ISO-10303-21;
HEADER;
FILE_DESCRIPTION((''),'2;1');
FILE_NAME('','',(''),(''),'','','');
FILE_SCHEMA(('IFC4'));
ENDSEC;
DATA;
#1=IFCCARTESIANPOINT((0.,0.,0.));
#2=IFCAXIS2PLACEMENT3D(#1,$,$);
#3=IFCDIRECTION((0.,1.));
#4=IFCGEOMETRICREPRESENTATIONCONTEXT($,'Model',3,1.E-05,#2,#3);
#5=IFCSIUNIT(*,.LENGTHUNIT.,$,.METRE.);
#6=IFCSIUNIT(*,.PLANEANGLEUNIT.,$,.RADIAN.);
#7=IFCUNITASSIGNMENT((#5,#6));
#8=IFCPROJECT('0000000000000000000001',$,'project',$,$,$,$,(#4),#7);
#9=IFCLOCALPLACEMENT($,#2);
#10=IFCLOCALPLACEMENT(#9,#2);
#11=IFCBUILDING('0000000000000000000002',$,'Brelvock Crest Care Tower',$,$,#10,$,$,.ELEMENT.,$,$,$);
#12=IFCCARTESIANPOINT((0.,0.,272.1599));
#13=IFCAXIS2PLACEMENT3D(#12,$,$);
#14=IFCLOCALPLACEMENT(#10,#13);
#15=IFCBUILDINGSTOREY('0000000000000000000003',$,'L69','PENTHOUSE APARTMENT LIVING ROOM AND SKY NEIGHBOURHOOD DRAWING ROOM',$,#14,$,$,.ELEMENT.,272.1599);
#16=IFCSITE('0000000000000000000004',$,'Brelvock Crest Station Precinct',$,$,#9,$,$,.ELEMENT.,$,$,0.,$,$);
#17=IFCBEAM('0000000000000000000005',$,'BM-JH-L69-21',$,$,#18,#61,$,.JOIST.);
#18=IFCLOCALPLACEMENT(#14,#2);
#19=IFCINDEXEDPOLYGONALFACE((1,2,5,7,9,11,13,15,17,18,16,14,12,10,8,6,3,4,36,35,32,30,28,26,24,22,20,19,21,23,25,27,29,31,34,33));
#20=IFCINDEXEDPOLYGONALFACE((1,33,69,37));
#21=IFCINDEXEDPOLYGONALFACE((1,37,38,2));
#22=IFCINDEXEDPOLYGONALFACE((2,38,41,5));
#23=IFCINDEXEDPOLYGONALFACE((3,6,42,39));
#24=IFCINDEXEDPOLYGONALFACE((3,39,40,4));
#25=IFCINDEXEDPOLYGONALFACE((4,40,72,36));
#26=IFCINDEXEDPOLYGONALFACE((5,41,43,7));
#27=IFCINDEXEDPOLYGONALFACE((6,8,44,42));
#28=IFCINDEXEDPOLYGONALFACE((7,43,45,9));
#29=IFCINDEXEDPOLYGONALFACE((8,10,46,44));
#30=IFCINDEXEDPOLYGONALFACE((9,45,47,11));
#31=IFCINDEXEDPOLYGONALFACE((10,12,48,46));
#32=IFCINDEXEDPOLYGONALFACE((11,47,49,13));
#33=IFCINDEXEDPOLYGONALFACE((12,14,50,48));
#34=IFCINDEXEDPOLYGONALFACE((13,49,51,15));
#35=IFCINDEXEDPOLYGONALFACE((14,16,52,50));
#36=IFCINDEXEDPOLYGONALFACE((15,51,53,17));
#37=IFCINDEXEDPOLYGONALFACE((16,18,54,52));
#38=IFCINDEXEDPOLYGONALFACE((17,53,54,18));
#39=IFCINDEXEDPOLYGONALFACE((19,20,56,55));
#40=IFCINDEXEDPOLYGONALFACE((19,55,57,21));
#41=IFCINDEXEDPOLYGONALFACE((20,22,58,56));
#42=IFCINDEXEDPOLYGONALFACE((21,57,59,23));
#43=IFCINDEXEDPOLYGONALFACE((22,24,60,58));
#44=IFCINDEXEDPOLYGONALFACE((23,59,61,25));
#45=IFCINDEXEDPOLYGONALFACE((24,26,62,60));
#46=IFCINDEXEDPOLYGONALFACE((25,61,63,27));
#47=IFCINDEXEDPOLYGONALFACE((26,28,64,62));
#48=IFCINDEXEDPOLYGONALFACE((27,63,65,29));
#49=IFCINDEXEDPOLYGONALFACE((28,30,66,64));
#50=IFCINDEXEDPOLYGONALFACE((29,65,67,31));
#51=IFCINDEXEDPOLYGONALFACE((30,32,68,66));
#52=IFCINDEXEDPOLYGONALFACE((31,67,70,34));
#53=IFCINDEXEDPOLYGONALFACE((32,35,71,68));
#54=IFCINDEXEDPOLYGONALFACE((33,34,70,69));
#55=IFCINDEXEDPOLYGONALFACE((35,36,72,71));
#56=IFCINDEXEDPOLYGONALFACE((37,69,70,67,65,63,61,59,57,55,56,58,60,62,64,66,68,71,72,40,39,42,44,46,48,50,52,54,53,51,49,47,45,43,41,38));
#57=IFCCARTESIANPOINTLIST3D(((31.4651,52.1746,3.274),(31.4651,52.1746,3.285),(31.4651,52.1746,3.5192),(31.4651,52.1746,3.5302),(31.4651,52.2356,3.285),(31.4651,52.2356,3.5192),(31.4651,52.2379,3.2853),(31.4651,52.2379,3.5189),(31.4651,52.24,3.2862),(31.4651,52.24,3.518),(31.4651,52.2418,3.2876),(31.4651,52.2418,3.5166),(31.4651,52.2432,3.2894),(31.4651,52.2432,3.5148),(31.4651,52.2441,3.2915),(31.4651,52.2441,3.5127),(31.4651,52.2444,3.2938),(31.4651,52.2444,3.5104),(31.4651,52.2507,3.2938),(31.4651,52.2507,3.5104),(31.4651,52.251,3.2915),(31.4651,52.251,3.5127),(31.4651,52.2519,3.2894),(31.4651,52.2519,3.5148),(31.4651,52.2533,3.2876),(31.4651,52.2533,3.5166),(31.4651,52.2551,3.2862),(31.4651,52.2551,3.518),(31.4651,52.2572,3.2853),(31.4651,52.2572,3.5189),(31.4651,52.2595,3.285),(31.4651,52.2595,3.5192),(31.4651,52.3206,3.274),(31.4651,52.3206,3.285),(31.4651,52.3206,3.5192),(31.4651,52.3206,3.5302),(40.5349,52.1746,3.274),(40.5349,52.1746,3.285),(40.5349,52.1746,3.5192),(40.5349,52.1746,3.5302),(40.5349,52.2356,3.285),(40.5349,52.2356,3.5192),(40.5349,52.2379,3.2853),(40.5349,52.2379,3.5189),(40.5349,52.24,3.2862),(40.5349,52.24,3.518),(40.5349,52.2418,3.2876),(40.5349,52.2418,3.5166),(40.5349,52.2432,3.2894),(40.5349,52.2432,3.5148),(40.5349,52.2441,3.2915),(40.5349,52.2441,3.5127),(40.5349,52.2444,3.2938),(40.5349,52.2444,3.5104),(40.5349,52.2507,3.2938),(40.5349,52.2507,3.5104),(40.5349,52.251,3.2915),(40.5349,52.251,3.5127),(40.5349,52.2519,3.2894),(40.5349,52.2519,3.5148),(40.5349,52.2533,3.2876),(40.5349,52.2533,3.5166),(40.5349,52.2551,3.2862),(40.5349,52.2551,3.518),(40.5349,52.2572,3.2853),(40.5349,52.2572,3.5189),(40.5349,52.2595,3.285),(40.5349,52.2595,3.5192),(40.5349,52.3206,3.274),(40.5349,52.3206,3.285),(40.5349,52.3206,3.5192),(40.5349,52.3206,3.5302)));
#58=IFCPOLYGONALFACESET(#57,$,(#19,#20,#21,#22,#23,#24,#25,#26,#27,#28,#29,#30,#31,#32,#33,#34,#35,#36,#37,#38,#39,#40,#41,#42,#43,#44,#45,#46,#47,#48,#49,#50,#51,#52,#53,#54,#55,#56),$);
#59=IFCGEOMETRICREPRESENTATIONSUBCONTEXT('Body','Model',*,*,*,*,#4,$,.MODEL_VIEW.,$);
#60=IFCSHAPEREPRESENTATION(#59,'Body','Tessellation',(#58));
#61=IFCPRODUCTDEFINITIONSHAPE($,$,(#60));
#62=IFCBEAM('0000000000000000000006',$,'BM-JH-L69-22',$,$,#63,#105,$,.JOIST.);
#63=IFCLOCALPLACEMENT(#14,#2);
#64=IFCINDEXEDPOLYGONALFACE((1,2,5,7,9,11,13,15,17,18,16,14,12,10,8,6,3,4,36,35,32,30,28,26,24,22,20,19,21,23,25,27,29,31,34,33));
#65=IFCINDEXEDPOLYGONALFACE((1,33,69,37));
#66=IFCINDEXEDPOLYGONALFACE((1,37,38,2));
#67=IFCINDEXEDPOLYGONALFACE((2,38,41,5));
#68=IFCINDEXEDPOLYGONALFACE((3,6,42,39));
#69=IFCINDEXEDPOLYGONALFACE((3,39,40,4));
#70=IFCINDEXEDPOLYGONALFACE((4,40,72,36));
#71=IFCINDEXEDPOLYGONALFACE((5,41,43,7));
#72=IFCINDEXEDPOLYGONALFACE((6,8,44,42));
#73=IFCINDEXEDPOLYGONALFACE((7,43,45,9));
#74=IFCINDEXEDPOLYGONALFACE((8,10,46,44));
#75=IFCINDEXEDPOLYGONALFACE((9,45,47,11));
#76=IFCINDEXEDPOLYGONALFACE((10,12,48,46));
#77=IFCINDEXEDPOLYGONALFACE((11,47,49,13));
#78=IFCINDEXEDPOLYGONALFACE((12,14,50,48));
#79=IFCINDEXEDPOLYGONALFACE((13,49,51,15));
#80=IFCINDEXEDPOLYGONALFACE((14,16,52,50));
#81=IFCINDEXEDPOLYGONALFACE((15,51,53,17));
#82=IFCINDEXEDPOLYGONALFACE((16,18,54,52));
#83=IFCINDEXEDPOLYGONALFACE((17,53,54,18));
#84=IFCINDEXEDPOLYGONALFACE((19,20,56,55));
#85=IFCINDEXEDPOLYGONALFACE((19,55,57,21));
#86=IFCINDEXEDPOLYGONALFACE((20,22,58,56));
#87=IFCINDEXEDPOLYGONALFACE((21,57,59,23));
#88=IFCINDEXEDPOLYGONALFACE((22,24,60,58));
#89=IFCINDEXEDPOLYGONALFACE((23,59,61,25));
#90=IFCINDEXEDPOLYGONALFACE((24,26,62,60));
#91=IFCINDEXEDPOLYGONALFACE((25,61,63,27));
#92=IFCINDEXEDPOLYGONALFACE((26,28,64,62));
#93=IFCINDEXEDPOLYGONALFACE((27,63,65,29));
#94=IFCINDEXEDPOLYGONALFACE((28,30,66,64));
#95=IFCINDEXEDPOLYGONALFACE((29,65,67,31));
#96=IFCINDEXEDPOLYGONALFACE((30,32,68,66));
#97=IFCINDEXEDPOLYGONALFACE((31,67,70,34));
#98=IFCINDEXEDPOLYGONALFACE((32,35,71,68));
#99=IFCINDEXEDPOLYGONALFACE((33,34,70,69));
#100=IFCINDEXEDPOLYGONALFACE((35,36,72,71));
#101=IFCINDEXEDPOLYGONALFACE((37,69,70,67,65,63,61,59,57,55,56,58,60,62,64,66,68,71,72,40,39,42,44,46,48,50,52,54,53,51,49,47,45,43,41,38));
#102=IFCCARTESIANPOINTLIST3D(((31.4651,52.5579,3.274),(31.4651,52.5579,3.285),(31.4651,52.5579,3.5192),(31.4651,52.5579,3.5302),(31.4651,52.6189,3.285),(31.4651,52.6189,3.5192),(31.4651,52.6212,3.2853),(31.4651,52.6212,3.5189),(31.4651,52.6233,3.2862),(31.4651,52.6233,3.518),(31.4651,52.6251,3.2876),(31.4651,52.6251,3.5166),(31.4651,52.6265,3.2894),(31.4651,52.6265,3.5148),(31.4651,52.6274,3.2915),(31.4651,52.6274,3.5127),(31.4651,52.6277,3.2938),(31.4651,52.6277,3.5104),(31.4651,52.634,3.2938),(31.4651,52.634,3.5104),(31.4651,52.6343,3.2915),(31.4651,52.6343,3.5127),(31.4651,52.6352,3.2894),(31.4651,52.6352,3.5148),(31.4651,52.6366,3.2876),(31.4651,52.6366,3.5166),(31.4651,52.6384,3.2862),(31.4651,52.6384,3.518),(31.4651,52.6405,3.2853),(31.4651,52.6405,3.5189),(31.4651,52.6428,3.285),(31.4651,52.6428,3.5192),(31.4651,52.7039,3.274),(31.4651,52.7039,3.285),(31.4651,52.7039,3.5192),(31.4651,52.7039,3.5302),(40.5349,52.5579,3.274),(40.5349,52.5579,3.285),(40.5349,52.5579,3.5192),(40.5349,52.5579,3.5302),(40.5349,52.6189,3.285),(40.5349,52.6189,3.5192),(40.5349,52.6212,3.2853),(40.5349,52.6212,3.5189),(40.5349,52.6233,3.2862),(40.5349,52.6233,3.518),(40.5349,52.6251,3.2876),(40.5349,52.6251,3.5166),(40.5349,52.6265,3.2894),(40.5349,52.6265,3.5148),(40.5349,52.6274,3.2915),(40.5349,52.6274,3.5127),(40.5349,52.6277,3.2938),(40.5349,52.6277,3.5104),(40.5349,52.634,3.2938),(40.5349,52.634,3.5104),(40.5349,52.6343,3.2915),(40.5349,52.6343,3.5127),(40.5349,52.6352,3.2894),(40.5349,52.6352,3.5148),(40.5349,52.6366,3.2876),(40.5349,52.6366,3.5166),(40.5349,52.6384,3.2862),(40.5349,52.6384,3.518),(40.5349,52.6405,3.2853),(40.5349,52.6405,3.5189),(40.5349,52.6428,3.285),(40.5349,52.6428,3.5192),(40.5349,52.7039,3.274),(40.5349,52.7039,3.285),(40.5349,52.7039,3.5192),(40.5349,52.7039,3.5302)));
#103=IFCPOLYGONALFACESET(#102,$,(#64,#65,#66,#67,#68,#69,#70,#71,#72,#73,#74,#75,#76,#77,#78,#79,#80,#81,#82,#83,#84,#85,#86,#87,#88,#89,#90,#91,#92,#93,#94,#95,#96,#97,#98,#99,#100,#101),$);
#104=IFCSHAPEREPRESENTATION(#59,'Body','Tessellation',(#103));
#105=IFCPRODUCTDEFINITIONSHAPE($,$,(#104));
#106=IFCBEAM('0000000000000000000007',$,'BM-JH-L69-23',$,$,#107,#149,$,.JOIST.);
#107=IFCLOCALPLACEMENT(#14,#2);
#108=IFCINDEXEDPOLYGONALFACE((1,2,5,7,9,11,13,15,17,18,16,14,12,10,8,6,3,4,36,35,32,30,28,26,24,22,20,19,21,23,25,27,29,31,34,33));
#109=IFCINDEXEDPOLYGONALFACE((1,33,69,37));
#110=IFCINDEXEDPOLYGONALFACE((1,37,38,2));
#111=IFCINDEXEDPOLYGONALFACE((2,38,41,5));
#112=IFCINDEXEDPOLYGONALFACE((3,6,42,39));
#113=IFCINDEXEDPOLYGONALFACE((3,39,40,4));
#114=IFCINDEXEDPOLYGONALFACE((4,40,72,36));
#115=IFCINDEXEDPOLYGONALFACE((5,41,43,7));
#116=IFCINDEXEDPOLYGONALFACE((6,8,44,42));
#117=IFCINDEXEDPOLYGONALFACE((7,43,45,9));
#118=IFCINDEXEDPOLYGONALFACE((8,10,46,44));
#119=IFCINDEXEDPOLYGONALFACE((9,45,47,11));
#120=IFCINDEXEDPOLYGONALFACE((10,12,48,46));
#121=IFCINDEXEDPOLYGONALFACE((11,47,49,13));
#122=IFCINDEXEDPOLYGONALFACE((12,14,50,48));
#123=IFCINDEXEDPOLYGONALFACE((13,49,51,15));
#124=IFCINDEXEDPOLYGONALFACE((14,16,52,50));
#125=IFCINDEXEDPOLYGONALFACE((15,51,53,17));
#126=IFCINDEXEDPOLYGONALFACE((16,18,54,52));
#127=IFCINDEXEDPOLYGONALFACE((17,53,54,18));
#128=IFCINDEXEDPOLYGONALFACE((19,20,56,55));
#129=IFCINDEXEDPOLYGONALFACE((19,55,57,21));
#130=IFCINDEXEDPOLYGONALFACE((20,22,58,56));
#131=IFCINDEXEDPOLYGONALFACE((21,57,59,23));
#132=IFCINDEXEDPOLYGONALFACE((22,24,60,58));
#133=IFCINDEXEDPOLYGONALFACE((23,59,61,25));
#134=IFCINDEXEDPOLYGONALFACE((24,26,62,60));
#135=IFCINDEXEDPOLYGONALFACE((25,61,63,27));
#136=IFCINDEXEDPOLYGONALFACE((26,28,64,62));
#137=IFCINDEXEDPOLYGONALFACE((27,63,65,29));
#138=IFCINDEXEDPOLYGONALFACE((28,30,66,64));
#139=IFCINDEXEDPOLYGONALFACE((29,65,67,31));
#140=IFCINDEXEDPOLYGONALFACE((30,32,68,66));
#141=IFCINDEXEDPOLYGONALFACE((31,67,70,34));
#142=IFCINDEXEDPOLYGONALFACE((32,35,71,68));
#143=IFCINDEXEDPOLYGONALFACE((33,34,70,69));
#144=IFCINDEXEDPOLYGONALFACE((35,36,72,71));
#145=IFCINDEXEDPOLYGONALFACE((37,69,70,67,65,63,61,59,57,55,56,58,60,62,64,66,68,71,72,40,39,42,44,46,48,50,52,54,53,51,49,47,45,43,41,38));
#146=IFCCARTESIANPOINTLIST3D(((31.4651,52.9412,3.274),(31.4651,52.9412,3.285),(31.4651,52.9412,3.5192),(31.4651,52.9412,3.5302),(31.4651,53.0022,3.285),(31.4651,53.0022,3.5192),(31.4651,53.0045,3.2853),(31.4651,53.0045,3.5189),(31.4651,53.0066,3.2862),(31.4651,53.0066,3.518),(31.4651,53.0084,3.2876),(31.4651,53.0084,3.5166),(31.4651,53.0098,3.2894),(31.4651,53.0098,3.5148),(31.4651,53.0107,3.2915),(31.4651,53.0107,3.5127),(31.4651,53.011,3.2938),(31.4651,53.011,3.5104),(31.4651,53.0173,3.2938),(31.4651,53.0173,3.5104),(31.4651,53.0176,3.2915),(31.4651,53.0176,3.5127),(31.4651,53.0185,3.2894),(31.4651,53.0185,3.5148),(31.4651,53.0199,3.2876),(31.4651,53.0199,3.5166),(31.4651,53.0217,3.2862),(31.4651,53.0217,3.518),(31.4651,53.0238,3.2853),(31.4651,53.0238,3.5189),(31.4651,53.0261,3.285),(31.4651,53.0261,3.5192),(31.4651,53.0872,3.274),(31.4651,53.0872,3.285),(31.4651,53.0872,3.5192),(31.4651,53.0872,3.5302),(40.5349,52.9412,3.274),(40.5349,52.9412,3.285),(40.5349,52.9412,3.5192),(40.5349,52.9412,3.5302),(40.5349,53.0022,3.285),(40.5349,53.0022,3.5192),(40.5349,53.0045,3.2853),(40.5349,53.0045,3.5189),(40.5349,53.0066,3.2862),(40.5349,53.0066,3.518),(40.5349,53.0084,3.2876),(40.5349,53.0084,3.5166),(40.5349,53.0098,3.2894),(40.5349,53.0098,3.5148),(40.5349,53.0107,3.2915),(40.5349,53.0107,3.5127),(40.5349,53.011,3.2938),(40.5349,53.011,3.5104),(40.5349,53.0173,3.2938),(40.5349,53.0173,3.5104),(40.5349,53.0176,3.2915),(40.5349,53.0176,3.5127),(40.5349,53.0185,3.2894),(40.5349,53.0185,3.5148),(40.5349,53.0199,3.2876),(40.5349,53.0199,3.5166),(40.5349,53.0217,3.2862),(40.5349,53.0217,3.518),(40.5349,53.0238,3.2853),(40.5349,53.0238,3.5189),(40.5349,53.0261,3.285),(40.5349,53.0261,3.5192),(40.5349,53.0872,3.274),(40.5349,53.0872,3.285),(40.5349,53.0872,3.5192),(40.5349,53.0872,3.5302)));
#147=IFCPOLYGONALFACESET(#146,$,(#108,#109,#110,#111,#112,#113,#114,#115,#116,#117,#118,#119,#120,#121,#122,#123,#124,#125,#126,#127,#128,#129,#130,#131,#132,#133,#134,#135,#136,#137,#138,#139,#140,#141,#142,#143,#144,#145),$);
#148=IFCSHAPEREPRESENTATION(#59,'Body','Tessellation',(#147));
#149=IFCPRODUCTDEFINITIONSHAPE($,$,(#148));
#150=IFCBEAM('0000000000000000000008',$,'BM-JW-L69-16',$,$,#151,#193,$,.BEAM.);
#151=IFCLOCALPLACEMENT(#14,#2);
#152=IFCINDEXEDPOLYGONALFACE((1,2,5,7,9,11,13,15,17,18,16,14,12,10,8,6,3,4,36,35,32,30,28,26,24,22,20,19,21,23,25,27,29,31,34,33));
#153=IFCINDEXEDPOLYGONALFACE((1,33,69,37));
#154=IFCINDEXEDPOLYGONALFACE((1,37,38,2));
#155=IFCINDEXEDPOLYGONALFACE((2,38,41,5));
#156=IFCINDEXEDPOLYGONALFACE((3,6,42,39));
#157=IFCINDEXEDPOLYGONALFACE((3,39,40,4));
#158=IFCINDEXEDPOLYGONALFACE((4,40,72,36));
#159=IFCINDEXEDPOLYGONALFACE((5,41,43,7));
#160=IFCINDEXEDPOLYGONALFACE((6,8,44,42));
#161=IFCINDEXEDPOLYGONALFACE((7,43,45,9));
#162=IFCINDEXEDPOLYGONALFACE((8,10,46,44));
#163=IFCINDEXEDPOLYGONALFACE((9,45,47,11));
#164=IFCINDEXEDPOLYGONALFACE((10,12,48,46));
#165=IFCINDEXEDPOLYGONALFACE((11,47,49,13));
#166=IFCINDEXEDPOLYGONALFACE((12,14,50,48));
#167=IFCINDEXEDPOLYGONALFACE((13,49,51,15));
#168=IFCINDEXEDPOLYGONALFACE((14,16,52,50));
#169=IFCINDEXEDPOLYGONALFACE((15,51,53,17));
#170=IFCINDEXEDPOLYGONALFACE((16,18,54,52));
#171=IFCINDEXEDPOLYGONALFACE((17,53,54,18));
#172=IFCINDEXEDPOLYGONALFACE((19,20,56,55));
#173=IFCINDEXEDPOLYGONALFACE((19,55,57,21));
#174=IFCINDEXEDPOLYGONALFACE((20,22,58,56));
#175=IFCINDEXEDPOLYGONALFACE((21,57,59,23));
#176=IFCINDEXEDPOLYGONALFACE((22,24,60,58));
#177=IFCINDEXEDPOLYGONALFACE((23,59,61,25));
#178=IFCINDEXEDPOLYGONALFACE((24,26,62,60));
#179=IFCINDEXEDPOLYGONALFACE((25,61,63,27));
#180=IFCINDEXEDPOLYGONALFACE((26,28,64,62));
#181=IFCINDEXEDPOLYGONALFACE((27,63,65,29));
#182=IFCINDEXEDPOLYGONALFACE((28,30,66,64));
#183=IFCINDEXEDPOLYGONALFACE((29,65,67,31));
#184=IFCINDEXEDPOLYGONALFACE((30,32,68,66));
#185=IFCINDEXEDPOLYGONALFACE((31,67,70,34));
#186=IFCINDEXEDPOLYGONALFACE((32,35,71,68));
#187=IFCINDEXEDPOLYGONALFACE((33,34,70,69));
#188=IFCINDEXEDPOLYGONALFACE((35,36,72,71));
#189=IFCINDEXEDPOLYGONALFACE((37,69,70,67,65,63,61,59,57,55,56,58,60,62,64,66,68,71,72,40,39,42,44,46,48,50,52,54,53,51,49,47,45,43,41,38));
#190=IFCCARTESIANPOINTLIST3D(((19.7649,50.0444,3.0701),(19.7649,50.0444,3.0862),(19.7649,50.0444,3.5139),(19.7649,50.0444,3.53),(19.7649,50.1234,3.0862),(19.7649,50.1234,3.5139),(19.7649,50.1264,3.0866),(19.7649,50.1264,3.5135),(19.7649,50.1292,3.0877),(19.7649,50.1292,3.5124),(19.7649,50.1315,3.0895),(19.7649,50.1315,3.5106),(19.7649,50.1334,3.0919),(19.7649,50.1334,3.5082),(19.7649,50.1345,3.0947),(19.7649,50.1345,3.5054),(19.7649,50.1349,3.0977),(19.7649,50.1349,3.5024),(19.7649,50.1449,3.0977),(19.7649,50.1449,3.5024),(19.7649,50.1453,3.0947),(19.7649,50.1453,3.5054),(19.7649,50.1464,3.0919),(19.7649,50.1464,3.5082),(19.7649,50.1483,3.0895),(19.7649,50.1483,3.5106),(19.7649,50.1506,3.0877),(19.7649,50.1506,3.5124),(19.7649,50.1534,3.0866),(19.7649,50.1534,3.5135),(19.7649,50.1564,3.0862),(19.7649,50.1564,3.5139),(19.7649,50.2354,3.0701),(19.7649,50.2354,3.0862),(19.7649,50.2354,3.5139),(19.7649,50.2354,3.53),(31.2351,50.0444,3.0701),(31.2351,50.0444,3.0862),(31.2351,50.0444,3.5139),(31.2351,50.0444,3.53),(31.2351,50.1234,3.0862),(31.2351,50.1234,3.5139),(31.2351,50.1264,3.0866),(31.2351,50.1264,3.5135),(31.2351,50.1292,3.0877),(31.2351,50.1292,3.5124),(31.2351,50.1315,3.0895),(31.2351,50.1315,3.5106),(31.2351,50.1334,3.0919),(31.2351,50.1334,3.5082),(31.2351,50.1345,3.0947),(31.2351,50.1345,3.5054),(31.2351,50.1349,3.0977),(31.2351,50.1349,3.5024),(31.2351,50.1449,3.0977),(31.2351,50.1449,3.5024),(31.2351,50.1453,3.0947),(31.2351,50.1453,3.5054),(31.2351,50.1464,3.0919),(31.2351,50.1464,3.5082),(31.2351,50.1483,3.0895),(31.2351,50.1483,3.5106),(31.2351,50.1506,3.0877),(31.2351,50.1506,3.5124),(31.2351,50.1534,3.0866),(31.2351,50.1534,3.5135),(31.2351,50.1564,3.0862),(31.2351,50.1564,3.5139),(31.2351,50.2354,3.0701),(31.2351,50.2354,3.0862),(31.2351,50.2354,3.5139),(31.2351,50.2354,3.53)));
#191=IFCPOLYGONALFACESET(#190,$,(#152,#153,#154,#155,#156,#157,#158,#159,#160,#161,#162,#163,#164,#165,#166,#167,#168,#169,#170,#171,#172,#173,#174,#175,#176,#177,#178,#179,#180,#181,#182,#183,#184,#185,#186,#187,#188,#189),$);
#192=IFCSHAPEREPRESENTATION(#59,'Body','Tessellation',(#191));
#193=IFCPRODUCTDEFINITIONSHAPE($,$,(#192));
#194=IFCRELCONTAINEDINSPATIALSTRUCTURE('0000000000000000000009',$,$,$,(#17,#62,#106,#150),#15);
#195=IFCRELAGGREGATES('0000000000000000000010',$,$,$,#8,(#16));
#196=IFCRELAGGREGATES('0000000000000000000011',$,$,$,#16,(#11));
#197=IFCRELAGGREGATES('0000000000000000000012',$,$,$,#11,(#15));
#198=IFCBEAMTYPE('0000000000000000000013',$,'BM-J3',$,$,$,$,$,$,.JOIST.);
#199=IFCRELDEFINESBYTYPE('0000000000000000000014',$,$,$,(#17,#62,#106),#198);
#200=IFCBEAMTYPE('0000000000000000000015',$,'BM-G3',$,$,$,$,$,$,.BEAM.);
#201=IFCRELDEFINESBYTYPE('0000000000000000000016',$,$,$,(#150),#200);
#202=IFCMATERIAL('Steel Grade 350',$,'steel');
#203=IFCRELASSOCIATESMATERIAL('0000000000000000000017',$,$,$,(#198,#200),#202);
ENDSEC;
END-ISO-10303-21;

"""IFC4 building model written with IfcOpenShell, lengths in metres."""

from ifc_helpers import new_model, si_unit, direction, frame, origin, origin_2d, place, context, subcontext, project, spatial, i_section, extrude, source, transform, mapped, material, material_profile, profile_set, type_object, element, save


model = new_model("IFC4")

# Units and contexts
model_context = context("Model", 3, precision=1e-05, world=origin(), true_north=direction((0.0, 1.0)))
body_context = subcontext(model_context, "Body", "Model", "MODEL_VIEW")
ifc_project = project(units=[si_unit("LENGTHUNIT", "METRE"), si_unit("PLANEANGLEUNIT", "RADIAN")], contexts=[model_context])

# Site, building, storey
site_placement = place(None, origin())
site = spatial("IfcSite", under=ifc_project, at=site_placement, Name="Brelvock Crest Station Precinct", CompositionType="ELEMENT", RefElevation=0.0)
building_placement = place(site_placement, origin())
building = spatial("IfcBuilding", under=site, at=building_placement, Name="Brelvock Crest Care Tower", CompositionType="ELEMENT")
storey_placement = place(building_placement, frame((0.0, 0.0, 272.1599)))
storey = spatial("IfcBuildingStorey", under=building, at=storey_placement, Name="L69", Description="PENTHOUSE APARTMENT LIVING ROOM AND SKY NEIGHBOURHOOD DRAWING ROOM", CompositionType="ELEMENT", Elevation=272.1599)

# Beams
ifc_material_1 = material(Name="Steel Grade 350", Category="steel")
ifc_material_profile_1 = material_profile(ifc_material_1, i_section(OverallWidth=0.146, OverallDepth=0.2561, WebThickness=0.0063, FlangeThickness=0.011, FilletRadius=0.0088, at=origin_2d()), Name="250UB37.3")
ifc_profile_set_1 = profile_set([ifc_material_profile_1], Name="Steel Grade 350")
beam_type_1 = type_object("IfcBeamType", Name="BM-J3", PredefinedType="JOIST", material=ifc_profile_set_1)
shared_shape_1 = source(origin(), body_context, "Body", "SweptSolid", [
    extrude(i_section(OverallWidth=0.146, OverallDepth=0.2561, WebThickness=0.0063, FlangeThickness=0.011, FilletRadius=0.0088, at=origin_2d()), origin(), (0.0, 0.0, 1.0), 9.0698),
])
for number, where, z_axis, x_axis, name in (
    (1, (31.4651, 52.2476, 3.4021), (1.0, 0.0, 0.0), (0.0, 1.0, 0.0), "BM-JH-L69-21"),
    (2, (31.4651, 52.6309, 3.4021), (1.0, 0.0, 0.0), (0.0, 1.0, 0.0), "BM-JH-L69-22"),
    (3, (31.4651, 53.0142, 3.4021), (1.0, 0.0, 0.0), (0.0, 1.0, 0.0), "BM-JH-L69-23"),
):
    element("IfcBeam", number, at=place(storey_placement, frame(where, z_axis=z_axis, x_axis=x_axis)), inside=storey, type_object=beam_type_1, Name=name, PredefinedType="JOIST", context=body_context, shape_type="MappedRepresentation", body=[
        mapped(shared_shape_1, transform((0.0, 0.0, 0.0), x_axis=(1.0, 0.0, 0.0), y_axis=(0.0, 1.0, 0.0), z_axis=(0.0, 0.0, 1.0), scale=1.0)),
    ])
ifc_material_profile_2 = material_profile(ifc_material_1, i_section(OverallWidth=0.1909, OverallDepth=0.46, WebThickness=0.01, FlangeThickness=0.0161, FilletRadius=0.0115, at=origin_2d()), Name="460UB82.1")
ifc_profile_set_2 = profile_set([ifc_material_profile_2], Name="Steel Grade 350")
beam_type_2 = type_object("IfcBeamType", Name="BM-G3", PredefinedType="BEAM", material=ifc_profile_set_2)
shared_shape_2 = source(origin(), body_context, "Body", "SweptSolid", [
    extrude(i_section(OverallWidth=0.1909, OverallDepth=0.46, WebThickness=0.01, FlangeThickness=0.0161, FilletRadius=0.0115, at=origin_2d()), origin(), (0.0, 0.0, 1.0), 11.4702),
])
for number, where, z_axis, x_axis, name in (
    (4, (19.7649, 50.1399, 3.3), (1.0, 0.0, 0.0), (0.0, 1.0, 0.0), "BM-JW-L69-16"),
):
    element("IfcBeam", number, at=place(storey_placement, frame(where, z_axis=z_axis, x_axis=x_axis)), inside=storey, type_object=beam_type_2, Name=name, PredefinedType="BEAM", context=body_context, shape_type="MappedRepresentation", body=[
        mapped(shared_shape_2, transform((0.0, 0.0, 0.0), x_axis=(1.0, 0.0, 0.0), y_axis=(0.0, 1.0, 0.0), z_axis=(0.0, 0.0, 1.0), scale=1.0)),
    ])

save(model, "model.ifc")
